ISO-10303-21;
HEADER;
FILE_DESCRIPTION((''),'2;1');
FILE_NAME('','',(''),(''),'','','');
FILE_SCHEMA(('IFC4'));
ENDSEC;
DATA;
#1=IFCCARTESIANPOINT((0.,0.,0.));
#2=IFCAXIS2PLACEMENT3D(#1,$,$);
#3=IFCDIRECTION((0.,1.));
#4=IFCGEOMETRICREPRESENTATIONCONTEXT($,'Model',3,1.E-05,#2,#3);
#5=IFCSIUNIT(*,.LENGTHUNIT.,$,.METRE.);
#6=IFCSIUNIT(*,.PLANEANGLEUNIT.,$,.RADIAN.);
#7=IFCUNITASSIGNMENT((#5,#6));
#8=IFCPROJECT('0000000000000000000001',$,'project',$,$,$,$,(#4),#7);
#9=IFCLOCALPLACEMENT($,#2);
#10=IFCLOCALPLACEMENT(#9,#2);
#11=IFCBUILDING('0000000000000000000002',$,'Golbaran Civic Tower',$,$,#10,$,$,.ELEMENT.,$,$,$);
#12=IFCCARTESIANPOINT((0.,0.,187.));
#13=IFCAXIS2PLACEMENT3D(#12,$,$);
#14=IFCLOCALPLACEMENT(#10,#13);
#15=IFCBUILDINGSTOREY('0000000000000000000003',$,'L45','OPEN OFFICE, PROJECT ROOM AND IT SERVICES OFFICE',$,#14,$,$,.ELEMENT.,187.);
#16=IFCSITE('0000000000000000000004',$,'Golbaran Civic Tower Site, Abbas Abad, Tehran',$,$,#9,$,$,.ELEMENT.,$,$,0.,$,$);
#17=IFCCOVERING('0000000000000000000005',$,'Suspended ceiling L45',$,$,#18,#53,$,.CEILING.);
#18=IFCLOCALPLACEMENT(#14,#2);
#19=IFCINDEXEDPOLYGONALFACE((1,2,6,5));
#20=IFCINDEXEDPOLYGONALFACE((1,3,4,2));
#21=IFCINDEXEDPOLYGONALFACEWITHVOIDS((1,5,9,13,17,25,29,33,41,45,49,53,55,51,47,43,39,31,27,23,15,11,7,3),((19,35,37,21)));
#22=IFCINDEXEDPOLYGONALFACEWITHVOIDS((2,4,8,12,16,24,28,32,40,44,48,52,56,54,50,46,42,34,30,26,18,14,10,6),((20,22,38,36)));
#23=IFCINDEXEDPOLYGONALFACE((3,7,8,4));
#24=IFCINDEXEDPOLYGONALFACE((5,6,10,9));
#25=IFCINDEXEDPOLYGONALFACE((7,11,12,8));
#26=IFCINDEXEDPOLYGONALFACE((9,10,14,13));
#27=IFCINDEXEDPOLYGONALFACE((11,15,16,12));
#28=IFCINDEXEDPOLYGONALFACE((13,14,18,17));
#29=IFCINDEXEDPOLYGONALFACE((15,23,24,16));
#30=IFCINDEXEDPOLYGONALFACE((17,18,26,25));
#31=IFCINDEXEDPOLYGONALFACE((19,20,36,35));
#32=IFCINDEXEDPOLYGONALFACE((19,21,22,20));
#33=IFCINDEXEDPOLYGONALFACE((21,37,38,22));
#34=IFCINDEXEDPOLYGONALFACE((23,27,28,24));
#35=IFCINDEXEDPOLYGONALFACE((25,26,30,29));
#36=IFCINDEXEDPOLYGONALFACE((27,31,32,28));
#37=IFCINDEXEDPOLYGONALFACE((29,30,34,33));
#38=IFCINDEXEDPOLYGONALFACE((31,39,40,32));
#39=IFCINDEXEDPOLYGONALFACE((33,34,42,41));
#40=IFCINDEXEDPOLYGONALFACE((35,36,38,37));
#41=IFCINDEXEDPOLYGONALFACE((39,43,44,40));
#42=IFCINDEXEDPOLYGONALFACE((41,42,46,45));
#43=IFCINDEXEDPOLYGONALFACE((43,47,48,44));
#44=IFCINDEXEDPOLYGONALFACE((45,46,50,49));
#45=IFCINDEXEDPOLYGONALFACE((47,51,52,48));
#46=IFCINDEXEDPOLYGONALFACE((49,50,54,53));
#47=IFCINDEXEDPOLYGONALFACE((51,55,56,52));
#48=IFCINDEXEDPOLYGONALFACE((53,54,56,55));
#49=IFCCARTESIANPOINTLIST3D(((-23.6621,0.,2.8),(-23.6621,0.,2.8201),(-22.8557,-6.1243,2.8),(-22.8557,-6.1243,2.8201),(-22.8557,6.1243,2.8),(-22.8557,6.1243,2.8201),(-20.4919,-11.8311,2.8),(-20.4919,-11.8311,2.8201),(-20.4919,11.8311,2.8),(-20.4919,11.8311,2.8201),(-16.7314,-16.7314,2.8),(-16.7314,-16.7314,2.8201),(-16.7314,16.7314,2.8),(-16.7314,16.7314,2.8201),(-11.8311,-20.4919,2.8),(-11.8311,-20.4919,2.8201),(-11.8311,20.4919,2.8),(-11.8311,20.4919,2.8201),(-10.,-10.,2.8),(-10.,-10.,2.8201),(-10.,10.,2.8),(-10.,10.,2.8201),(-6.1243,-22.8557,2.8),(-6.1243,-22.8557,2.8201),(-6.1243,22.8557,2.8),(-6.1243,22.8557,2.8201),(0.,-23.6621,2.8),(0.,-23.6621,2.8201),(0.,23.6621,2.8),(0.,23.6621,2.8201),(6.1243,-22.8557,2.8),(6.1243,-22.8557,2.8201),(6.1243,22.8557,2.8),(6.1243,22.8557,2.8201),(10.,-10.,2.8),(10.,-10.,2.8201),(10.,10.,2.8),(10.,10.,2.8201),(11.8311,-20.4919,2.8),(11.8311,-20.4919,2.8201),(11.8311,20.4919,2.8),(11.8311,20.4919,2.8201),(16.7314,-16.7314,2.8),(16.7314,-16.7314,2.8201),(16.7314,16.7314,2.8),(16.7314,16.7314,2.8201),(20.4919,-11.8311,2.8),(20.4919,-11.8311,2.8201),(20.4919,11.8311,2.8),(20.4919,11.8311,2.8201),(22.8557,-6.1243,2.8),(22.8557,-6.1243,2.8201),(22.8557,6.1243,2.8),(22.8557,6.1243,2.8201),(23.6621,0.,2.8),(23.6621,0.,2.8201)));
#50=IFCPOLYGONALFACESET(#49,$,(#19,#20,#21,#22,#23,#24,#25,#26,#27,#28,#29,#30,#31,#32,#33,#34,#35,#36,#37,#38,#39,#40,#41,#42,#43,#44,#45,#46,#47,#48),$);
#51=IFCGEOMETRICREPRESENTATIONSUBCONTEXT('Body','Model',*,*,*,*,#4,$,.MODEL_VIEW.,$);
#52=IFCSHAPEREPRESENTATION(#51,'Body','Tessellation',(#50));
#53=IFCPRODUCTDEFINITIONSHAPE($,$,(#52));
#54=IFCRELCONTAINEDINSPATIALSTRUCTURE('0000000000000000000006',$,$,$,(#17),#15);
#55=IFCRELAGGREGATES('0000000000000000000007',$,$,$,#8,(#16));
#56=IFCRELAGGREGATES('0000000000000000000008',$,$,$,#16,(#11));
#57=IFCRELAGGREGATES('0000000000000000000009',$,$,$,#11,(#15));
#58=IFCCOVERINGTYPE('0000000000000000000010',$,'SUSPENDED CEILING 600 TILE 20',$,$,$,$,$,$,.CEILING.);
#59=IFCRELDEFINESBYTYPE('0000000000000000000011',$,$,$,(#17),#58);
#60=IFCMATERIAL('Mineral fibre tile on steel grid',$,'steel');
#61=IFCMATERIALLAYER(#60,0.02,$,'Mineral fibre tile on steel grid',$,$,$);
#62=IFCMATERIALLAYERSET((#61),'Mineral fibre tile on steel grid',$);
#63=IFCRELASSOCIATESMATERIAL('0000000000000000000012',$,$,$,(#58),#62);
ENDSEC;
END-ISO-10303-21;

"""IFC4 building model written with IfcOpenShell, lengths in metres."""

from ifc_helpers import new_model, si_unit, direction, frame, origin, place, context, subcontext, project, spatial, polyline, outline, extrude, material, layer, layer_set, type_object, element, save


model = new_model("IFC4")

# Units and contexts
model_context = context("Model", 3, precision=1e-05, world=origin(), true_north=direction((0.0, 1.0)))
body_context = subcontext(model_context, "Body", "Model", "MODEL_VIEW")
ifc_project = project(units=[si_unit("LENGTHUNIT", "METRE"), si_unit("PLANEANGLEUNIT", "RADIAN")], contexts=[model_context])

# Site, building, storey
site_placement = place(None, origin())
site = spatial("IfcSite", under=ifc_project, at=site_placement, Name="Golbaran Civic Tower Site, Abbas Abad, Tehran", CompositionType="ELEMENT", RefElevation=0.0)
building_placement = place(site_placement, origin())
building = spatial("IfcBuilding", under=site, at=building_placement, Name="Golbaran Civic Tower", CompositionType="ELEMENT")
storey_placement = place(building_placement, frame((0.0, 0.0, 187.0)))
storey = spatial("IfcBuildingStorey", under=building, at=storey_placement, Name="L45", Description="OPEN OFFICE, PROJECT ROOM AND IT SERVICES OFFICE", CompositionType="ELEMENT", Elevation=187.0)

# Covering
ifc_material_1 = material(Name="Mineral fibre tile on steel grid", Category="steel")
ifc_layer_1 = layer(ifc_material_1, 0.02, Name="Mineral fibre tile on steel grid")
ifc_layer_set_1 = layer_set([ifc_layer_1], Name="Mineral fibre tile on steel grid")
covering_type = type_object("IfcCoveringType", Name="SUSPENDED CEILING 600 TILE 20", PredefinedType="CEILING", material=ifc_layer_set_1)
covering_placement = place(storey_placement, frame((0.0, 0.0, 2.8)))
element("IfcCovering", 1, at=covering_placement, inside=storey, type_object=covering_type, Name="Suspended ceiling L45", PredefinedType="CEILING", context=body_context, shape_type="SweptSolid", body=[
    extrude(outline(polyline([(-20.4919, 11.8311), (-16.7314, 16.7314), (-11.8311, 20.4919), (-6.1243, 22.8557), (0.0, 23.6621), (6.1243, 22.8557), (11.8311, 20.4919), (16.7314, 16.7314), (20.4919, 11.8311), (22.8557, 6.1243), (23.6621, 0.0), (22.8557, -6.1243), (20.4919, -11.8311), (16.7314, -16.7314), (11.8311, -20.4919), (6.1243, -22.8557), (0.0, -23.6621), (-6.1243, -22.8557), (-11.8311, -20.4919), (-16.7314, -16.7314), (-20.4919, -11.8311), (-22.8557, -6.1243), (-23.6621, 0.0), (-22.8557, 6.1243), (-20.4919, 11.8311)]), holes=[polyline([(10.0, 10.0), (-10.0, 10.0), (-10.0, -10.0), (10.0, -10.0), (10.0, 10.0)])]), origin(), (0.0, 0.0, 1.0), 0.02),
])

save(model, "model.ifc")
